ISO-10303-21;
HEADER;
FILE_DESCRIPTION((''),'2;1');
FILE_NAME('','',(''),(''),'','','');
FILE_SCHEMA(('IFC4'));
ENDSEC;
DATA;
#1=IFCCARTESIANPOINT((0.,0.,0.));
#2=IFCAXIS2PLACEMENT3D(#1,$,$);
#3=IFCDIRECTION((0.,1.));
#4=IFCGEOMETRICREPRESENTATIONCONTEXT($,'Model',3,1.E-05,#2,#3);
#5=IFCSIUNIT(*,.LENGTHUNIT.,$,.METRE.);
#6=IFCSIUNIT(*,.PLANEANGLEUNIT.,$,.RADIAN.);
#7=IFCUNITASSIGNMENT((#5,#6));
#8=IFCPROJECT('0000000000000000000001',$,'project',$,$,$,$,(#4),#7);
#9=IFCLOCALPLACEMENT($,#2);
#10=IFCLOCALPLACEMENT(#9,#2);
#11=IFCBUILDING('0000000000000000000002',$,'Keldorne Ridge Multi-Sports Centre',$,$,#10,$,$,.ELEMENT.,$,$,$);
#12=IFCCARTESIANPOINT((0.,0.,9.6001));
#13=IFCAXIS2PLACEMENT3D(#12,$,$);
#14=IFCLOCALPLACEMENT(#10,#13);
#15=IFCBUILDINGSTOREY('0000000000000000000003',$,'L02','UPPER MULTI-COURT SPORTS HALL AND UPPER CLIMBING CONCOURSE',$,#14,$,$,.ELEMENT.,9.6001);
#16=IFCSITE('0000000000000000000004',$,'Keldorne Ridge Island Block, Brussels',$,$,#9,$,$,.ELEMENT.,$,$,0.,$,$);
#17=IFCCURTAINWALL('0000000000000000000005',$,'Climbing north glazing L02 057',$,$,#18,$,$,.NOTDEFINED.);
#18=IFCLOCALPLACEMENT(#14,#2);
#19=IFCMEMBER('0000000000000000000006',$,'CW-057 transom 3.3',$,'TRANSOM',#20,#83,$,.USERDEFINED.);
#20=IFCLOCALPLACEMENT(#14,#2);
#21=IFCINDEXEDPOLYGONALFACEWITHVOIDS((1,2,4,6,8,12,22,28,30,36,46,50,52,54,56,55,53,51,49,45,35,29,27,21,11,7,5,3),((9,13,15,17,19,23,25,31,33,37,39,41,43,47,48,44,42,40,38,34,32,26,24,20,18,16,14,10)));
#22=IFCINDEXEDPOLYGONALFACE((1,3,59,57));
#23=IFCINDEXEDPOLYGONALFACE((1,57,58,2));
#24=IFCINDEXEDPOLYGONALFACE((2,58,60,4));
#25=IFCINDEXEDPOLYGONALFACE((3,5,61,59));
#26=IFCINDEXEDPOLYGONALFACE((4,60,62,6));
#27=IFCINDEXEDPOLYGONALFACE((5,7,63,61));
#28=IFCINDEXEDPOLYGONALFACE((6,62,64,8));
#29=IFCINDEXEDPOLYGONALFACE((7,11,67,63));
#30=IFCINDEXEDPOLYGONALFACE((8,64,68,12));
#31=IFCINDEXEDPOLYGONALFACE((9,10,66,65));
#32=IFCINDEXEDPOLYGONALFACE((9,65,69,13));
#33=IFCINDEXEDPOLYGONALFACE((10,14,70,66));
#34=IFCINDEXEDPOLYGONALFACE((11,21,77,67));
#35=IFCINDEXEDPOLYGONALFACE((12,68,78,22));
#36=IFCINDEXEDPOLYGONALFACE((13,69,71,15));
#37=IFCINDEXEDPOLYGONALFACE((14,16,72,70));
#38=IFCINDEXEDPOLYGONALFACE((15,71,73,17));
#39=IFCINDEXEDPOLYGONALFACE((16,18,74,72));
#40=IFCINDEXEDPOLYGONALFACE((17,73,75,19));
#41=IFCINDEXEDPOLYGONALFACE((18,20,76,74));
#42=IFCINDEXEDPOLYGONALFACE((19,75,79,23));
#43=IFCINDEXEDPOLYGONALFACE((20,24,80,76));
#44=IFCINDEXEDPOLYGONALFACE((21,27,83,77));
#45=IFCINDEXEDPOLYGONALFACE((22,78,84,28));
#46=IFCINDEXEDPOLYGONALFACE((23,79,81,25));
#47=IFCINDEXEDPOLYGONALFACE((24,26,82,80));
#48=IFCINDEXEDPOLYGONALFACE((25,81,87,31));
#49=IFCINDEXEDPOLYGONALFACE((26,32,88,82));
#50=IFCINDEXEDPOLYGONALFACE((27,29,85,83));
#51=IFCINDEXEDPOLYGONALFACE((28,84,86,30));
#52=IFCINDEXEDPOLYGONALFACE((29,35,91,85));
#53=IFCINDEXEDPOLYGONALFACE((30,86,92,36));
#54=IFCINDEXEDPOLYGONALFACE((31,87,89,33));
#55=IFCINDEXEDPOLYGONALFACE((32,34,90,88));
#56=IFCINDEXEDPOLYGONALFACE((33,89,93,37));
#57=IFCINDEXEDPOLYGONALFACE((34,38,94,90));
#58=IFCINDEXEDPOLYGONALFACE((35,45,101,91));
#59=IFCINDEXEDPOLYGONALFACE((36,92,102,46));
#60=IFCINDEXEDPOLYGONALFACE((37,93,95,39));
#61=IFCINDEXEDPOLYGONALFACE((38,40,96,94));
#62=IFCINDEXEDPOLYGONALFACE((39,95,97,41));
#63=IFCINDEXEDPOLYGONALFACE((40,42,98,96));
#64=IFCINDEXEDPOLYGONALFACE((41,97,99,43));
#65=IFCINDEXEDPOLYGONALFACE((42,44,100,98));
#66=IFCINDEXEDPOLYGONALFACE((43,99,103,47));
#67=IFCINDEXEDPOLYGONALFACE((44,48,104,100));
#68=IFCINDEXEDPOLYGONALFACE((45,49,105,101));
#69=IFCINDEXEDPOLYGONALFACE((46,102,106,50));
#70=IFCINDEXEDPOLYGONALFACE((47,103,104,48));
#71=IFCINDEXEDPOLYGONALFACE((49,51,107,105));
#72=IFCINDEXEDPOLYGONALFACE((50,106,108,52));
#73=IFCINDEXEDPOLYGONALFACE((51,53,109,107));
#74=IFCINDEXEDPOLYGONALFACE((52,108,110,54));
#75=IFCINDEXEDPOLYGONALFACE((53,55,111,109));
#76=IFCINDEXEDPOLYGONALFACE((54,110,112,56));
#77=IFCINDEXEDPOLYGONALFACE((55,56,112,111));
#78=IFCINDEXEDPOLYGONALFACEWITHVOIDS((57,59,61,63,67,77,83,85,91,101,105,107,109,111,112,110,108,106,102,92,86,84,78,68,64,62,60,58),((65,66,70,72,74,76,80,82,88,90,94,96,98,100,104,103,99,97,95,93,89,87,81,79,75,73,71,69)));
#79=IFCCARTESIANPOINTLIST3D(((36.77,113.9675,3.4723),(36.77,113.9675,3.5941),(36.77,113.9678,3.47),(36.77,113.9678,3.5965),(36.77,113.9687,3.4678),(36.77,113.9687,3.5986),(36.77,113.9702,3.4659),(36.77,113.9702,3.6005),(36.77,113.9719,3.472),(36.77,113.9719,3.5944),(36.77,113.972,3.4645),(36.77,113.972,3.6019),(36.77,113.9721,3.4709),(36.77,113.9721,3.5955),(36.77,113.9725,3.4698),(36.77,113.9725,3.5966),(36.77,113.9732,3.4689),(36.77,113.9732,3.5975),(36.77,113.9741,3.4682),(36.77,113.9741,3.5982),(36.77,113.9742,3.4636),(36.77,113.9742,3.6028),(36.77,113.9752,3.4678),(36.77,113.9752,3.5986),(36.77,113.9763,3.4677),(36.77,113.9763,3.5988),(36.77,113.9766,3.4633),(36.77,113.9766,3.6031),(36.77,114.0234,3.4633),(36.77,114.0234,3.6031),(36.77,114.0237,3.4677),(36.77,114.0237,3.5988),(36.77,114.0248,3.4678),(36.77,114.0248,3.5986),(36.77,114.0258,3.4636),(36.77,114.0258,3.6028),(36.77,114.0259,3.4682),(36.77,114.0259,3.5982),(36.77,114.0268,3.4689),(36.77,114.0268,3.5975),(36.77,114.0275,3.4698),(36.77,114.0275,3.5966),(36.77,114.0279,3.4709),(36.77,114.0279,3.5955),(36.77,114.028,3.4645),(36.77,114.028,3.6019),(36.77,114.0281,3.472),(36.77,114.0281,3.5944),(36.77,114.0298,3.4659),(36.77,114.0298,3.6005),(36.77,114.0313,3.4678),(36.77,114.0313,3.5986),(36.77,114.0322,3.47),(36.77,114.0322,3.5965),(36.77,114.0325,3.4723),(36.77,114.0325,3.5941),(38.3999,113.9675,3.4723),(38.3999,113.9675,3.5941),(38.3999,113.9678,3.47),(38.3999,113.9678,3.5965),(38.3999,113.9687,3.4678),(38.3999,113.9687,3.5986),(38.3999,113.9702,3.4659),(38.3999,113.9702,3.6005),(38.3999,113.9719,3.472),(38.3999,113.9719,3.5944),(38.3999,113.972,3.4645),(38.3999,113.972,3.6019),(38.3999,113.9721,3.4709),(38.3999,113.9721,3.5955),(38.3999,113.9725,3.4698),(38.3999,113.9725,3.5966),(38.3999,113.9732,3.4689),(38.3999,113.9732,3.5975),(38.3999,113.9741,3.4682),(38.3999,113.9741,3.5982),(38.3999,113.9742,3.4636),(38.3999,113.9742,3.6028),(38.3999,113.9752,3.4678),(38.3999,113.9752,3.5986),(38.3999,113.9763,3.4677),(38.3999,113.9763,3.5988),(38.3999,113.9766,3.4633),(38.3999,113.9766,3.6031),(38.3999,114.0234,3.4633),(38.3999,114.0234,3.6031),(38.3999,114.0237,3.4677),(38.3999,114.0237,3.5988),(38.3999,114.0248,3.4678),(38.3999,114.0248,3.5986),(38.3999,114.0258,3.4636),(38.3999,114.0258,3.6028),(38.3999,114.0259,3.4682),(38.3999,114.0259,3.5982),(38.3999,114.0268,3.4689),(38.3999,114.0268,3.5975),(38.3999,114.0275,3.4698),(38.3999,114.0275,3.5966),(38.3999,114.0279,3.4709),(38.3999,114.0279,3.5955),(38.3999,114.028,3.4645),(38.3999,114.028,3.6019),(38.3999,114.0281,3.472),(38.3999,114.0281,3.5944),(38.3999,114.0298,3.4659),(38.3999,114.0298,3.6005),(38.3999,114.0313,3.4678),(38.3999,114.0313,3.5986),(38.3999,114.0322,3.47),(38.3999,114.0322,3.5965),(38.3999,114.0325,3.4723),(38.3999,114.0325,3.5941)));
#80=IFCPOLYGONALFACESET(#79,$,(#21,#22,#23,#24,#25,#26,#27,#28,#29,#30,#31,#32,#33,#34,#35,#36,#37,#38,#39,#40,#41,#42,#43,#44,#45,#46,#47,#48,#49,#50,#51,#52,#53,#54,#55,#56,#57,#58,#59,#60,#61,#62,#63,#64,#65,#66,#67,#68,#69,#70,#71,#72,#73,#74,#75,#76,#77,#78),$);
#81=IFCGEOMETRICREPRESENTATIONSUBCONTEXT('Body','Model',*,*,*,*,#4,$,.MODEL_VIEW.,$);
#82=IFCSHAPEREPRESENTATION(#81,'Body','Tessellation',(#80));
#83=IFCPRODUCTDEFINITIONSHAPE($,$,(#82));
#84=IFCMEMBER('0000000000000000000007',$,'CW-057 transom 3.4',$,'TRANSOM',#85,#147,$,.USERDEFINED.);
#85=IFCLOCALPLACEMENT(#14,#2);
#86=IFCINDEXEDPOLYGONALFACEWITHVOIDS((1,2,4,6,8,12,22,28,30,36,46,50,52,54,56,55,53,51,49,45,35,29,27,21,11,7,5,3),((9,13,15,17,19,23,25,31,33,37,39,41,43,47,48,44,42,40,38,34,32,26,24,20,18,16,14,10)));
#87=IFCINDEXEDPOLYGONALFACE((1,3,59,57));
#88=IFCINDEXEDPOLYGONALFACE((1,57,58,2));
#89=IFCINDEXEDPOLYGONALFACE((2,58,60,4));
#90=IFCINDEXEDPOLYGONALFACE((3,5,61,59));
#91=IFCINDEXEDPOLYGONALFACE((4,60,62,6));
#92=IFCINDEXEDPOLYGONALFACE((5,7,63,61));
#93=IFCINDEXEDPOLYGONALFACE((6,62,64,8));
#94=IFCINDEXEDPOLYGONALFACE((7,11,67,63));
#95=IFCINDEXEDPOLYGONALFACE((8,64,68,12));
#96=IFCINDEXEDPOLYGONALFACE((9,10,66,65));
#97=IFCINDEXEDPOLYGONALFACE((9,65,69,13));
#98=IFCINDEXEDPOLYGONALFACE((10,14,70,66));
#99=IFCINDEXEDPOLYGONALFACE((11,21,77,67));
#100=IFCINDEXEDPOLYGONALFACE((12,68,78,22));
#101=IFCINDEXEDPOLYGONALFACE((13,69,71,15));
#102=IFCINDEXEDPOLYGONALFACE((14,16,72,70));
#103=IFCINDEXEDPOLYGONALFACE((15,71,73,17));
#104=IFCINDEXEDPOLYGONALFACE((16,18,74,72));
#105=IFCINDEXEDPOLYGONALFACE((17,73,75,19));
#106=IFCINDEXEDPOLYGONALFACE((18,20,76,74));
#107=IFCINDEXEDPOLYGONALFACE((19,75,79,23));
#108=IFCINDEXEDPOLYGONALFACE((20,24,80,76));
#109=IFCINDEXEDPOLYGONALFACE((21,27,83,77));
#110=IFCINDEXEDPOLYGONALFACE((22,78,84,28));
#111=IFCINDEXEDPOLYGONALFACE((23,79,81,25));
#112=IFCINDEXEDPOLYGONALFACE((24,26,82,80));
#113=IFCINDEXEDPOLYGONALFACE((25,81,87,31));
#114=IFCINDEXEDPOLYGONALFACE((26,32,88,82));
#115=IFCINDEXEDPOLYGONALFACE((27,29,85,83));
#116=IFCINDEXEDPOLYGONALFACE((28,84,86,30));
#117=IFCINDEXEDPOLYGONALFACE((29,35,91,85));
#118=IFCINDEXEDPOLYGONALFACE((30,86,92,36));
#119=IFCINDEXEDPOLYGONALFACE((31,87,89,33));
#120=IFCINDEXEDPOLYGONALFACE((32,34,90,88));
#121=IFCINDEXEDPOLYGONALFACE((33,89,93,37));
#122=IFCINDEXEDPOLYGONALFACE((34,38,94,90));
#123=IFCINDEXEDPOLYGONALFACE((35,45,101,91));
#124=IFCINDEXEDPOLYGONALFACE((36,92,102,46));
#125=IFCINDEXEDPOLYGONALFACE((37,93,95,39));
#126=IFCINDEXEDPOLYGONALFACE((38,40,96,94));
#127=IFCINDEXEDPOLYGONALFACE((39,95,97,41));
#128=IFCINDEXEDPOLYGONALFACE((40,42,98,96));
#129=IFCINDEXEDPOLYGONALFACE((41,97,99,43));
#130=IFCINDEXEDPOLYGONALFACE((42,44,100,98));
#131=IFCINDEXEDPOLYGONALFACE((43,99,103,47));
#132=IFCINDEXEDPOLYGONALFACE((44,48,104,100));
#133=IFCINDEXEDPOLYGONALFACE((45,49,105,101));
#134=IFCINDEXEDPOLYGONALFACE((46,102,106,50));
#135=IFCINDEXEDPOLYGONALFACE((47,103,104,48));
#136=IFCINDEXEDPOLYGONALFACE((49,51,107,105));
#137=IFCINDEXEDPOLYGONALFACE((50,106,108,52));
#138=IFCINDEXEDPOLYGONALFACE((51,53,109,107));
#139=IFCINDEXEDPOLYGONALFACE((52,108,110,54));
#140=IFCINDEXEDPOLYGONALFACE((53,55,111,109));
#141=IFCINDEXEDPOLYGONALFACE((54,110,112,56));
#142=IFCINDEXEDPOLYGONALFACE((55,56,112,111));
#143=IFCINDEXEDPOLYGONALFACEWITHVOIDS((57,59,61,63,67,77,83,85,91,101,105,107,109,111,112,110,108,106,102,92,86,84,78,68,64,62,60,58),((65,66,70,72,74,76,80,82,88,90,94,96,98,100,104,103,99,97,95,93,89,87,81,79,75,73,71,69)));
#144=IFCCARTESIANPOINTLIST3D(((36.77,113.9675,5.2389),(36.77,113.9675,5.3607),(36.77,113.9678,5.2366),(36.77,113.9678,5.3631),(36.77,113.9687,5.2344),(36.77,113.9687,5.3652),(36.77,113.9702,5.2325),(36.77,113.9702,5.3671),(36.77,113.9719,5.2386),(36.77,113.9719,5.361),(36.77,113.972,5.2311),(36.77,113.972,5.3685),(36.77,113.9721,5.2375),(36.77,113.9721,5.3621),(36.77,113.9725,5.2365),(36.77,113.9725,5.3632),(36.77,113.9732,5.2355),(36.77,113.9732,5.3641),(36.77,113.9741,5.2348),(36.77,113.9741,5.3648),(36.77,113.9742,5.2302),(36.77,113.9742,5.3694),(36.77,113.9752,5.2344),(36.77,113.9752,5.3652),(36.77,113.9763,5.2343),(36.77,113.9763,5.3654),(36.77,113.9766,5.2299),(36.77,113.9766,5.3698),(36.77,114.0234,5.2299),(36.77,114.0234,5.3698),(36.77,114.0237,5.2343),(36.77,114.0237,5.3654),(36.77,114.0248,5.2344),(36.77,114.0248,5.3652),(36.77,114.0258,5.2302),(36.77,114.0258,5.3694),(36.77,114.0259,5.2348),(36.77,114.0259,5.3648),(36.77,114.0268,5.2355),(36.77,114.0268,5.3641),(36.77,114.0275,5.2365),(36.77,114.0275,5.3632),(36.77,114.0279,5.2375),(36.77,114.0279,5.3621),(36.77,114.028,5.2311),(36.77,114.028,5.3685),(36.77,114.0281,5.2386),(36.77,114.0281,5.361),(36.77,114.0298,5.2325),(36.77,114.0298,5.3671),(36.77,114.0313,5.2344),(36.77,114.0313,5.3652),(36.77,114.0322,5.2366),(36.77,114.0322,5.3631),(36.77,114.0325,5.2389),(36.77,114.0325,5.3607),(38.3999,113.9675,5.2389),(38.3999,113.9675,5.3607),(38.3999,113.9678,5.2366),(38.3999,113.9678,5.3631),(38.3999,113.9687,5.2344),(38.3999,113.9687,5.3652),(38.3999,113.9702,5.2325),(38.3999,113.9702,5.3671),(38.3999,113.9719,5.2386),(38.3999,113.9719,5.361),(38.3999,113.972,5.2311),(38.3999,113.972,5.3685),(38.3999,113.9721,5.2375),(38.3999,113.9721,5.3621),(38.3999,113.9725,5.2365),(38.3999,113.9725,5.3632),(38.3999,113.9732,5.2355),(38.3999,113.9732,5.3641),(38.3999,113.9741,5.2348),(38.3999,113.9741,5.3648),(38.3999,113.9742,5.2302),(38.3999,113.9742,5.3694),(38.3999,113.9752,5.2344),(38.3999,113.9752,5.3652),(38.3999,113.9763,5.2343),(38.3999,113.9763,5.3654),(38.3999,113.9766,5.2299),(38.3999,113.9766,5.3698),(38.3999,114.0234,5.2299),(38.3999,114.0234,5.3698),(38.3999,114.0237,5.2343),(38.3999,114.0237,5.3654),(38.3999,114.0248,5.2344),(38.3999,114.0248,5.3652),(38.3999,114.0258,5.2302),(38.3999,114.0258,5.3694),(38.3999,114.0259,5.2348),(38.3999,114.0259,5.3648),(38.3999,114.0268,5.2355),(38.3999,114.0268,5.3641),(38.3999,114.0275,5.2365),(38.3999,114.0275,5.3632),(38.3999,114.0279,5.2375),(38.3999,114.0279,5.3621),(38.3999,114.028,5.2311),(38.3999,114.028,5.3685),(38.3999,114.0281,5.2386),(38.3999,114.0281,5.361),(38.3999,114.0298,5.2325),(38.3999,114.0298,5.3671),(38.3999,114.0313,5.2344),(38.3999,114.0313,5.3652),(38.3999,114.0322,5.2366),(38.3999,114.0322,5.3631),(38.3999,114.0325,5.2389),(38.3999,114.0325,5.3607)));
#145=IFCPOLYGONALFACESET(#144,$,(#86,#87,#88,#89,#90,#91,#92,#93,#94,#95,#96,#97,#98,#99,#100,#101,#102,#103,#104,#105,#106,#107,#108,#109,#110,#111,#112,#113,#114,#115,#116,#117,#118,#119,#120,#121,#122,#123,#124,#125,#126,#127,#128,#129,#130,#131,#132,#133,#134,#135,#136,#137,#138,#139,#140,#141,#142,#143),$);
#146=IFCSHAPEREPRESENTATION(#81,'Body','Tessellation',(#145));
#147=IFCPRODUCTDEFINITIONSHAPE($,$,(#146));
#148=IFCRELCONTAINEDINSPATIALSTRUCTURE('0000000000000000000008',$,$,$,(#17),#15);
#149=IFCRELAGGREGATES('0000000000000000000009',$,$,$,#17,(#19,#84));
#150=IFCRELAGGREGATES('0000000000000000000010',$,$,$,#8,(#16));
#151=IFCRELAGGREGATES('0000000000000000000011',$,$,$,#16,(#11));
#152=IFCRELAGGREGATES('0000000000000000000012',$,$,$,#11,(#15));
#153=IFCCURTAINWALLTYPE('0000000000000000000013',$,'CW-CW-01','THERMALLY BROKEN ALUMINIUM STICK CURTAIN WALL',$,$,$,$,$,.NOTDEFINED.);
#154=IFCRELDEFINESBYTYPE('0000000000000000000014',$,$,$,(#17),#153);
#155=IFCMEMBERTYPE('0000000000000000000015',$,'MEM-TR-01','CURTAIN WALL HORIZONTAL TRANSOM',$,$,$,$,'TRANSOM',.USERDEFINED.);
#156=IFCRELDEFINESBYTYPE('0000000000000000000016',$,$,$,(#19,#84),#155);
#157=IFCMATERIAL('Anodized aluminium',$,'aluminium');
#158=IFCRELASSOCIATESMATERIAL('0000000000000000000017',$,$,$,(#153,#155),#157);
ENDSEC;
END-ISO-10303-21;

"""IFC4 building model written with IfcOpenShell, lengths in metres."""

from ifc_helpers import new_model, si_unit, direction, frame, origin, origin_2d, place, context, subcontext, project, spatial, hollow_rectangle, extrude, material, material_profile, profile_set, type_object, element, aggregate, save


model = new_model("IFC4")

# Units and contexts
model_context = context("Model", 3, precision=1e-05, world=origin(), true_north=direction((0.0, 1.0)))
body_context = subcontext(model_context, "Body", "Model", "MODEL_VIEW")
ifc_project = project(units=[si_unit("LENGTHUNIT", "METRE"), si_unit("PLANEANGLEUNIT", "RADIAN")], contexts=[model_context])

# Site, building, storey
site_placement = place(None, origin())
site = spatial("IfcSite", under=ifc_project, at=site_placement, Name="Keldorne Ridge Island Block, Brussels", CompositionType="ELEMENT", RefElevation=0.0)
building_placement = place(site_placement, origin())
building = spatial("IfcBuilding", under=site, at=building_placement, Name="Keldorne Ridge Multi-Sports Centre", CompositionType="ELEMENT")
storey_placement = place(building_placement, frame((0.0, 0.0, 9.6001)))
storey = spatial("IfcBuildingStorey", under=building, at=storey_placement, Name="L02", Description="UPPER MULTI-COURT SPORTS HALL AND UPPER CLIMBING CONCOURSE", CompositionType="ELEMENT", Elevation=9.6001)

# Curtain wall, members
ifc_material_1 = material(Name="Anodized aluminium", Category="aluminium")
curtain_wall_type_1 = type_object("IfcCurtainWallType", Name="CW-CW-01", Description="THERMALLY BROKEN ALUMINIUM STICK CURTAIN WALL", PredefinedType="NOTDEFINED", material=ifc_material_1)
curtain_wall_1_placement = place(storey_placement, origin())
curtain_wall_1 = element("IfcCurtainWall", 1, at=curtain_wall_1_placement, inside=storey, type_object=curtain_wall_type_1, Name="Climbing north glazing L02 057", PredefinedType="NOTDEFINED")
ifc_material_profile_1 = material_profile(ifc_material_1, hollow_rectangle(XDim=0.0649, YDim=0.1399, WallThickness=0.0044, InnerFilletRadius=0.0044, OuterFilletRadius=0.009, at=origin_2d()), Name="ALU TRANSOM 140x65x4.5")
ifc_profile_set_1 = profile_set([ifc_material_profile_1], Name="Anodized aluminium")
member_type_1 = type_object("IfcMemberType", Name="MEM-TR-01", Description="CURTAIN WALL HORIZONTAL TRANSOM", ElementType="TRANSOM", PredefinedType="USERDEFINED", material=ifc_profile_set_1)
member_1_placement = place(storey_placement, frame((38.3999, 114.0, 3.5332), z_axis=(-1.0, 0.0, 0.0), x_axis=(0.0, -1.0, 0.0)))
member_1 = element("IfcMember", 2, at=member_1_placement, type_object=member_type_1, Name="CW-057 transom 3.3", ObjectType="TRANSOM", PredefinedType="USERDEFINED", context=body_context, shape_type="SweptSolid", body=[
    extrude(hollow_rectangle(XDim=0.0649, YDim=0.1399, WallThickness=0.0044, InnerFilletRadius=0.0044, OuterFilletRadius=0.009, at=origin_2d()), origin(), (0.0, 0.0, 1.0), 1.6299),
])
member_2_placement = place(storey_placement, frame((38.3999, 114.0, 5.2998), z_axis=(-1.0, 0.0, 0.0), x_axis=(0.0, -1.0, 0.0)))
member_2 = element("IfcMember", 3, at=member_2_placement, type_object=member_type_1, Name="CW-057 transom 3.4", ObjectType="TRANSOM", PredefinedType="USERDEFINED", context=body_context, shape_type="SweptSolid", body=[
    extrude(hollow_rectangle(XDim=0.0649, YDim=0.1399, WallThickness=0.0044, InnerFilletRadius=0.0044, OuterFilletRadius=0.009, at=origin_2d()), origin(), (0.0, 0.0, 1.0), 1.6299),
])

aggregate(curtain_wall_1, [member_1, member_2])

save(model, "model.ifc")
